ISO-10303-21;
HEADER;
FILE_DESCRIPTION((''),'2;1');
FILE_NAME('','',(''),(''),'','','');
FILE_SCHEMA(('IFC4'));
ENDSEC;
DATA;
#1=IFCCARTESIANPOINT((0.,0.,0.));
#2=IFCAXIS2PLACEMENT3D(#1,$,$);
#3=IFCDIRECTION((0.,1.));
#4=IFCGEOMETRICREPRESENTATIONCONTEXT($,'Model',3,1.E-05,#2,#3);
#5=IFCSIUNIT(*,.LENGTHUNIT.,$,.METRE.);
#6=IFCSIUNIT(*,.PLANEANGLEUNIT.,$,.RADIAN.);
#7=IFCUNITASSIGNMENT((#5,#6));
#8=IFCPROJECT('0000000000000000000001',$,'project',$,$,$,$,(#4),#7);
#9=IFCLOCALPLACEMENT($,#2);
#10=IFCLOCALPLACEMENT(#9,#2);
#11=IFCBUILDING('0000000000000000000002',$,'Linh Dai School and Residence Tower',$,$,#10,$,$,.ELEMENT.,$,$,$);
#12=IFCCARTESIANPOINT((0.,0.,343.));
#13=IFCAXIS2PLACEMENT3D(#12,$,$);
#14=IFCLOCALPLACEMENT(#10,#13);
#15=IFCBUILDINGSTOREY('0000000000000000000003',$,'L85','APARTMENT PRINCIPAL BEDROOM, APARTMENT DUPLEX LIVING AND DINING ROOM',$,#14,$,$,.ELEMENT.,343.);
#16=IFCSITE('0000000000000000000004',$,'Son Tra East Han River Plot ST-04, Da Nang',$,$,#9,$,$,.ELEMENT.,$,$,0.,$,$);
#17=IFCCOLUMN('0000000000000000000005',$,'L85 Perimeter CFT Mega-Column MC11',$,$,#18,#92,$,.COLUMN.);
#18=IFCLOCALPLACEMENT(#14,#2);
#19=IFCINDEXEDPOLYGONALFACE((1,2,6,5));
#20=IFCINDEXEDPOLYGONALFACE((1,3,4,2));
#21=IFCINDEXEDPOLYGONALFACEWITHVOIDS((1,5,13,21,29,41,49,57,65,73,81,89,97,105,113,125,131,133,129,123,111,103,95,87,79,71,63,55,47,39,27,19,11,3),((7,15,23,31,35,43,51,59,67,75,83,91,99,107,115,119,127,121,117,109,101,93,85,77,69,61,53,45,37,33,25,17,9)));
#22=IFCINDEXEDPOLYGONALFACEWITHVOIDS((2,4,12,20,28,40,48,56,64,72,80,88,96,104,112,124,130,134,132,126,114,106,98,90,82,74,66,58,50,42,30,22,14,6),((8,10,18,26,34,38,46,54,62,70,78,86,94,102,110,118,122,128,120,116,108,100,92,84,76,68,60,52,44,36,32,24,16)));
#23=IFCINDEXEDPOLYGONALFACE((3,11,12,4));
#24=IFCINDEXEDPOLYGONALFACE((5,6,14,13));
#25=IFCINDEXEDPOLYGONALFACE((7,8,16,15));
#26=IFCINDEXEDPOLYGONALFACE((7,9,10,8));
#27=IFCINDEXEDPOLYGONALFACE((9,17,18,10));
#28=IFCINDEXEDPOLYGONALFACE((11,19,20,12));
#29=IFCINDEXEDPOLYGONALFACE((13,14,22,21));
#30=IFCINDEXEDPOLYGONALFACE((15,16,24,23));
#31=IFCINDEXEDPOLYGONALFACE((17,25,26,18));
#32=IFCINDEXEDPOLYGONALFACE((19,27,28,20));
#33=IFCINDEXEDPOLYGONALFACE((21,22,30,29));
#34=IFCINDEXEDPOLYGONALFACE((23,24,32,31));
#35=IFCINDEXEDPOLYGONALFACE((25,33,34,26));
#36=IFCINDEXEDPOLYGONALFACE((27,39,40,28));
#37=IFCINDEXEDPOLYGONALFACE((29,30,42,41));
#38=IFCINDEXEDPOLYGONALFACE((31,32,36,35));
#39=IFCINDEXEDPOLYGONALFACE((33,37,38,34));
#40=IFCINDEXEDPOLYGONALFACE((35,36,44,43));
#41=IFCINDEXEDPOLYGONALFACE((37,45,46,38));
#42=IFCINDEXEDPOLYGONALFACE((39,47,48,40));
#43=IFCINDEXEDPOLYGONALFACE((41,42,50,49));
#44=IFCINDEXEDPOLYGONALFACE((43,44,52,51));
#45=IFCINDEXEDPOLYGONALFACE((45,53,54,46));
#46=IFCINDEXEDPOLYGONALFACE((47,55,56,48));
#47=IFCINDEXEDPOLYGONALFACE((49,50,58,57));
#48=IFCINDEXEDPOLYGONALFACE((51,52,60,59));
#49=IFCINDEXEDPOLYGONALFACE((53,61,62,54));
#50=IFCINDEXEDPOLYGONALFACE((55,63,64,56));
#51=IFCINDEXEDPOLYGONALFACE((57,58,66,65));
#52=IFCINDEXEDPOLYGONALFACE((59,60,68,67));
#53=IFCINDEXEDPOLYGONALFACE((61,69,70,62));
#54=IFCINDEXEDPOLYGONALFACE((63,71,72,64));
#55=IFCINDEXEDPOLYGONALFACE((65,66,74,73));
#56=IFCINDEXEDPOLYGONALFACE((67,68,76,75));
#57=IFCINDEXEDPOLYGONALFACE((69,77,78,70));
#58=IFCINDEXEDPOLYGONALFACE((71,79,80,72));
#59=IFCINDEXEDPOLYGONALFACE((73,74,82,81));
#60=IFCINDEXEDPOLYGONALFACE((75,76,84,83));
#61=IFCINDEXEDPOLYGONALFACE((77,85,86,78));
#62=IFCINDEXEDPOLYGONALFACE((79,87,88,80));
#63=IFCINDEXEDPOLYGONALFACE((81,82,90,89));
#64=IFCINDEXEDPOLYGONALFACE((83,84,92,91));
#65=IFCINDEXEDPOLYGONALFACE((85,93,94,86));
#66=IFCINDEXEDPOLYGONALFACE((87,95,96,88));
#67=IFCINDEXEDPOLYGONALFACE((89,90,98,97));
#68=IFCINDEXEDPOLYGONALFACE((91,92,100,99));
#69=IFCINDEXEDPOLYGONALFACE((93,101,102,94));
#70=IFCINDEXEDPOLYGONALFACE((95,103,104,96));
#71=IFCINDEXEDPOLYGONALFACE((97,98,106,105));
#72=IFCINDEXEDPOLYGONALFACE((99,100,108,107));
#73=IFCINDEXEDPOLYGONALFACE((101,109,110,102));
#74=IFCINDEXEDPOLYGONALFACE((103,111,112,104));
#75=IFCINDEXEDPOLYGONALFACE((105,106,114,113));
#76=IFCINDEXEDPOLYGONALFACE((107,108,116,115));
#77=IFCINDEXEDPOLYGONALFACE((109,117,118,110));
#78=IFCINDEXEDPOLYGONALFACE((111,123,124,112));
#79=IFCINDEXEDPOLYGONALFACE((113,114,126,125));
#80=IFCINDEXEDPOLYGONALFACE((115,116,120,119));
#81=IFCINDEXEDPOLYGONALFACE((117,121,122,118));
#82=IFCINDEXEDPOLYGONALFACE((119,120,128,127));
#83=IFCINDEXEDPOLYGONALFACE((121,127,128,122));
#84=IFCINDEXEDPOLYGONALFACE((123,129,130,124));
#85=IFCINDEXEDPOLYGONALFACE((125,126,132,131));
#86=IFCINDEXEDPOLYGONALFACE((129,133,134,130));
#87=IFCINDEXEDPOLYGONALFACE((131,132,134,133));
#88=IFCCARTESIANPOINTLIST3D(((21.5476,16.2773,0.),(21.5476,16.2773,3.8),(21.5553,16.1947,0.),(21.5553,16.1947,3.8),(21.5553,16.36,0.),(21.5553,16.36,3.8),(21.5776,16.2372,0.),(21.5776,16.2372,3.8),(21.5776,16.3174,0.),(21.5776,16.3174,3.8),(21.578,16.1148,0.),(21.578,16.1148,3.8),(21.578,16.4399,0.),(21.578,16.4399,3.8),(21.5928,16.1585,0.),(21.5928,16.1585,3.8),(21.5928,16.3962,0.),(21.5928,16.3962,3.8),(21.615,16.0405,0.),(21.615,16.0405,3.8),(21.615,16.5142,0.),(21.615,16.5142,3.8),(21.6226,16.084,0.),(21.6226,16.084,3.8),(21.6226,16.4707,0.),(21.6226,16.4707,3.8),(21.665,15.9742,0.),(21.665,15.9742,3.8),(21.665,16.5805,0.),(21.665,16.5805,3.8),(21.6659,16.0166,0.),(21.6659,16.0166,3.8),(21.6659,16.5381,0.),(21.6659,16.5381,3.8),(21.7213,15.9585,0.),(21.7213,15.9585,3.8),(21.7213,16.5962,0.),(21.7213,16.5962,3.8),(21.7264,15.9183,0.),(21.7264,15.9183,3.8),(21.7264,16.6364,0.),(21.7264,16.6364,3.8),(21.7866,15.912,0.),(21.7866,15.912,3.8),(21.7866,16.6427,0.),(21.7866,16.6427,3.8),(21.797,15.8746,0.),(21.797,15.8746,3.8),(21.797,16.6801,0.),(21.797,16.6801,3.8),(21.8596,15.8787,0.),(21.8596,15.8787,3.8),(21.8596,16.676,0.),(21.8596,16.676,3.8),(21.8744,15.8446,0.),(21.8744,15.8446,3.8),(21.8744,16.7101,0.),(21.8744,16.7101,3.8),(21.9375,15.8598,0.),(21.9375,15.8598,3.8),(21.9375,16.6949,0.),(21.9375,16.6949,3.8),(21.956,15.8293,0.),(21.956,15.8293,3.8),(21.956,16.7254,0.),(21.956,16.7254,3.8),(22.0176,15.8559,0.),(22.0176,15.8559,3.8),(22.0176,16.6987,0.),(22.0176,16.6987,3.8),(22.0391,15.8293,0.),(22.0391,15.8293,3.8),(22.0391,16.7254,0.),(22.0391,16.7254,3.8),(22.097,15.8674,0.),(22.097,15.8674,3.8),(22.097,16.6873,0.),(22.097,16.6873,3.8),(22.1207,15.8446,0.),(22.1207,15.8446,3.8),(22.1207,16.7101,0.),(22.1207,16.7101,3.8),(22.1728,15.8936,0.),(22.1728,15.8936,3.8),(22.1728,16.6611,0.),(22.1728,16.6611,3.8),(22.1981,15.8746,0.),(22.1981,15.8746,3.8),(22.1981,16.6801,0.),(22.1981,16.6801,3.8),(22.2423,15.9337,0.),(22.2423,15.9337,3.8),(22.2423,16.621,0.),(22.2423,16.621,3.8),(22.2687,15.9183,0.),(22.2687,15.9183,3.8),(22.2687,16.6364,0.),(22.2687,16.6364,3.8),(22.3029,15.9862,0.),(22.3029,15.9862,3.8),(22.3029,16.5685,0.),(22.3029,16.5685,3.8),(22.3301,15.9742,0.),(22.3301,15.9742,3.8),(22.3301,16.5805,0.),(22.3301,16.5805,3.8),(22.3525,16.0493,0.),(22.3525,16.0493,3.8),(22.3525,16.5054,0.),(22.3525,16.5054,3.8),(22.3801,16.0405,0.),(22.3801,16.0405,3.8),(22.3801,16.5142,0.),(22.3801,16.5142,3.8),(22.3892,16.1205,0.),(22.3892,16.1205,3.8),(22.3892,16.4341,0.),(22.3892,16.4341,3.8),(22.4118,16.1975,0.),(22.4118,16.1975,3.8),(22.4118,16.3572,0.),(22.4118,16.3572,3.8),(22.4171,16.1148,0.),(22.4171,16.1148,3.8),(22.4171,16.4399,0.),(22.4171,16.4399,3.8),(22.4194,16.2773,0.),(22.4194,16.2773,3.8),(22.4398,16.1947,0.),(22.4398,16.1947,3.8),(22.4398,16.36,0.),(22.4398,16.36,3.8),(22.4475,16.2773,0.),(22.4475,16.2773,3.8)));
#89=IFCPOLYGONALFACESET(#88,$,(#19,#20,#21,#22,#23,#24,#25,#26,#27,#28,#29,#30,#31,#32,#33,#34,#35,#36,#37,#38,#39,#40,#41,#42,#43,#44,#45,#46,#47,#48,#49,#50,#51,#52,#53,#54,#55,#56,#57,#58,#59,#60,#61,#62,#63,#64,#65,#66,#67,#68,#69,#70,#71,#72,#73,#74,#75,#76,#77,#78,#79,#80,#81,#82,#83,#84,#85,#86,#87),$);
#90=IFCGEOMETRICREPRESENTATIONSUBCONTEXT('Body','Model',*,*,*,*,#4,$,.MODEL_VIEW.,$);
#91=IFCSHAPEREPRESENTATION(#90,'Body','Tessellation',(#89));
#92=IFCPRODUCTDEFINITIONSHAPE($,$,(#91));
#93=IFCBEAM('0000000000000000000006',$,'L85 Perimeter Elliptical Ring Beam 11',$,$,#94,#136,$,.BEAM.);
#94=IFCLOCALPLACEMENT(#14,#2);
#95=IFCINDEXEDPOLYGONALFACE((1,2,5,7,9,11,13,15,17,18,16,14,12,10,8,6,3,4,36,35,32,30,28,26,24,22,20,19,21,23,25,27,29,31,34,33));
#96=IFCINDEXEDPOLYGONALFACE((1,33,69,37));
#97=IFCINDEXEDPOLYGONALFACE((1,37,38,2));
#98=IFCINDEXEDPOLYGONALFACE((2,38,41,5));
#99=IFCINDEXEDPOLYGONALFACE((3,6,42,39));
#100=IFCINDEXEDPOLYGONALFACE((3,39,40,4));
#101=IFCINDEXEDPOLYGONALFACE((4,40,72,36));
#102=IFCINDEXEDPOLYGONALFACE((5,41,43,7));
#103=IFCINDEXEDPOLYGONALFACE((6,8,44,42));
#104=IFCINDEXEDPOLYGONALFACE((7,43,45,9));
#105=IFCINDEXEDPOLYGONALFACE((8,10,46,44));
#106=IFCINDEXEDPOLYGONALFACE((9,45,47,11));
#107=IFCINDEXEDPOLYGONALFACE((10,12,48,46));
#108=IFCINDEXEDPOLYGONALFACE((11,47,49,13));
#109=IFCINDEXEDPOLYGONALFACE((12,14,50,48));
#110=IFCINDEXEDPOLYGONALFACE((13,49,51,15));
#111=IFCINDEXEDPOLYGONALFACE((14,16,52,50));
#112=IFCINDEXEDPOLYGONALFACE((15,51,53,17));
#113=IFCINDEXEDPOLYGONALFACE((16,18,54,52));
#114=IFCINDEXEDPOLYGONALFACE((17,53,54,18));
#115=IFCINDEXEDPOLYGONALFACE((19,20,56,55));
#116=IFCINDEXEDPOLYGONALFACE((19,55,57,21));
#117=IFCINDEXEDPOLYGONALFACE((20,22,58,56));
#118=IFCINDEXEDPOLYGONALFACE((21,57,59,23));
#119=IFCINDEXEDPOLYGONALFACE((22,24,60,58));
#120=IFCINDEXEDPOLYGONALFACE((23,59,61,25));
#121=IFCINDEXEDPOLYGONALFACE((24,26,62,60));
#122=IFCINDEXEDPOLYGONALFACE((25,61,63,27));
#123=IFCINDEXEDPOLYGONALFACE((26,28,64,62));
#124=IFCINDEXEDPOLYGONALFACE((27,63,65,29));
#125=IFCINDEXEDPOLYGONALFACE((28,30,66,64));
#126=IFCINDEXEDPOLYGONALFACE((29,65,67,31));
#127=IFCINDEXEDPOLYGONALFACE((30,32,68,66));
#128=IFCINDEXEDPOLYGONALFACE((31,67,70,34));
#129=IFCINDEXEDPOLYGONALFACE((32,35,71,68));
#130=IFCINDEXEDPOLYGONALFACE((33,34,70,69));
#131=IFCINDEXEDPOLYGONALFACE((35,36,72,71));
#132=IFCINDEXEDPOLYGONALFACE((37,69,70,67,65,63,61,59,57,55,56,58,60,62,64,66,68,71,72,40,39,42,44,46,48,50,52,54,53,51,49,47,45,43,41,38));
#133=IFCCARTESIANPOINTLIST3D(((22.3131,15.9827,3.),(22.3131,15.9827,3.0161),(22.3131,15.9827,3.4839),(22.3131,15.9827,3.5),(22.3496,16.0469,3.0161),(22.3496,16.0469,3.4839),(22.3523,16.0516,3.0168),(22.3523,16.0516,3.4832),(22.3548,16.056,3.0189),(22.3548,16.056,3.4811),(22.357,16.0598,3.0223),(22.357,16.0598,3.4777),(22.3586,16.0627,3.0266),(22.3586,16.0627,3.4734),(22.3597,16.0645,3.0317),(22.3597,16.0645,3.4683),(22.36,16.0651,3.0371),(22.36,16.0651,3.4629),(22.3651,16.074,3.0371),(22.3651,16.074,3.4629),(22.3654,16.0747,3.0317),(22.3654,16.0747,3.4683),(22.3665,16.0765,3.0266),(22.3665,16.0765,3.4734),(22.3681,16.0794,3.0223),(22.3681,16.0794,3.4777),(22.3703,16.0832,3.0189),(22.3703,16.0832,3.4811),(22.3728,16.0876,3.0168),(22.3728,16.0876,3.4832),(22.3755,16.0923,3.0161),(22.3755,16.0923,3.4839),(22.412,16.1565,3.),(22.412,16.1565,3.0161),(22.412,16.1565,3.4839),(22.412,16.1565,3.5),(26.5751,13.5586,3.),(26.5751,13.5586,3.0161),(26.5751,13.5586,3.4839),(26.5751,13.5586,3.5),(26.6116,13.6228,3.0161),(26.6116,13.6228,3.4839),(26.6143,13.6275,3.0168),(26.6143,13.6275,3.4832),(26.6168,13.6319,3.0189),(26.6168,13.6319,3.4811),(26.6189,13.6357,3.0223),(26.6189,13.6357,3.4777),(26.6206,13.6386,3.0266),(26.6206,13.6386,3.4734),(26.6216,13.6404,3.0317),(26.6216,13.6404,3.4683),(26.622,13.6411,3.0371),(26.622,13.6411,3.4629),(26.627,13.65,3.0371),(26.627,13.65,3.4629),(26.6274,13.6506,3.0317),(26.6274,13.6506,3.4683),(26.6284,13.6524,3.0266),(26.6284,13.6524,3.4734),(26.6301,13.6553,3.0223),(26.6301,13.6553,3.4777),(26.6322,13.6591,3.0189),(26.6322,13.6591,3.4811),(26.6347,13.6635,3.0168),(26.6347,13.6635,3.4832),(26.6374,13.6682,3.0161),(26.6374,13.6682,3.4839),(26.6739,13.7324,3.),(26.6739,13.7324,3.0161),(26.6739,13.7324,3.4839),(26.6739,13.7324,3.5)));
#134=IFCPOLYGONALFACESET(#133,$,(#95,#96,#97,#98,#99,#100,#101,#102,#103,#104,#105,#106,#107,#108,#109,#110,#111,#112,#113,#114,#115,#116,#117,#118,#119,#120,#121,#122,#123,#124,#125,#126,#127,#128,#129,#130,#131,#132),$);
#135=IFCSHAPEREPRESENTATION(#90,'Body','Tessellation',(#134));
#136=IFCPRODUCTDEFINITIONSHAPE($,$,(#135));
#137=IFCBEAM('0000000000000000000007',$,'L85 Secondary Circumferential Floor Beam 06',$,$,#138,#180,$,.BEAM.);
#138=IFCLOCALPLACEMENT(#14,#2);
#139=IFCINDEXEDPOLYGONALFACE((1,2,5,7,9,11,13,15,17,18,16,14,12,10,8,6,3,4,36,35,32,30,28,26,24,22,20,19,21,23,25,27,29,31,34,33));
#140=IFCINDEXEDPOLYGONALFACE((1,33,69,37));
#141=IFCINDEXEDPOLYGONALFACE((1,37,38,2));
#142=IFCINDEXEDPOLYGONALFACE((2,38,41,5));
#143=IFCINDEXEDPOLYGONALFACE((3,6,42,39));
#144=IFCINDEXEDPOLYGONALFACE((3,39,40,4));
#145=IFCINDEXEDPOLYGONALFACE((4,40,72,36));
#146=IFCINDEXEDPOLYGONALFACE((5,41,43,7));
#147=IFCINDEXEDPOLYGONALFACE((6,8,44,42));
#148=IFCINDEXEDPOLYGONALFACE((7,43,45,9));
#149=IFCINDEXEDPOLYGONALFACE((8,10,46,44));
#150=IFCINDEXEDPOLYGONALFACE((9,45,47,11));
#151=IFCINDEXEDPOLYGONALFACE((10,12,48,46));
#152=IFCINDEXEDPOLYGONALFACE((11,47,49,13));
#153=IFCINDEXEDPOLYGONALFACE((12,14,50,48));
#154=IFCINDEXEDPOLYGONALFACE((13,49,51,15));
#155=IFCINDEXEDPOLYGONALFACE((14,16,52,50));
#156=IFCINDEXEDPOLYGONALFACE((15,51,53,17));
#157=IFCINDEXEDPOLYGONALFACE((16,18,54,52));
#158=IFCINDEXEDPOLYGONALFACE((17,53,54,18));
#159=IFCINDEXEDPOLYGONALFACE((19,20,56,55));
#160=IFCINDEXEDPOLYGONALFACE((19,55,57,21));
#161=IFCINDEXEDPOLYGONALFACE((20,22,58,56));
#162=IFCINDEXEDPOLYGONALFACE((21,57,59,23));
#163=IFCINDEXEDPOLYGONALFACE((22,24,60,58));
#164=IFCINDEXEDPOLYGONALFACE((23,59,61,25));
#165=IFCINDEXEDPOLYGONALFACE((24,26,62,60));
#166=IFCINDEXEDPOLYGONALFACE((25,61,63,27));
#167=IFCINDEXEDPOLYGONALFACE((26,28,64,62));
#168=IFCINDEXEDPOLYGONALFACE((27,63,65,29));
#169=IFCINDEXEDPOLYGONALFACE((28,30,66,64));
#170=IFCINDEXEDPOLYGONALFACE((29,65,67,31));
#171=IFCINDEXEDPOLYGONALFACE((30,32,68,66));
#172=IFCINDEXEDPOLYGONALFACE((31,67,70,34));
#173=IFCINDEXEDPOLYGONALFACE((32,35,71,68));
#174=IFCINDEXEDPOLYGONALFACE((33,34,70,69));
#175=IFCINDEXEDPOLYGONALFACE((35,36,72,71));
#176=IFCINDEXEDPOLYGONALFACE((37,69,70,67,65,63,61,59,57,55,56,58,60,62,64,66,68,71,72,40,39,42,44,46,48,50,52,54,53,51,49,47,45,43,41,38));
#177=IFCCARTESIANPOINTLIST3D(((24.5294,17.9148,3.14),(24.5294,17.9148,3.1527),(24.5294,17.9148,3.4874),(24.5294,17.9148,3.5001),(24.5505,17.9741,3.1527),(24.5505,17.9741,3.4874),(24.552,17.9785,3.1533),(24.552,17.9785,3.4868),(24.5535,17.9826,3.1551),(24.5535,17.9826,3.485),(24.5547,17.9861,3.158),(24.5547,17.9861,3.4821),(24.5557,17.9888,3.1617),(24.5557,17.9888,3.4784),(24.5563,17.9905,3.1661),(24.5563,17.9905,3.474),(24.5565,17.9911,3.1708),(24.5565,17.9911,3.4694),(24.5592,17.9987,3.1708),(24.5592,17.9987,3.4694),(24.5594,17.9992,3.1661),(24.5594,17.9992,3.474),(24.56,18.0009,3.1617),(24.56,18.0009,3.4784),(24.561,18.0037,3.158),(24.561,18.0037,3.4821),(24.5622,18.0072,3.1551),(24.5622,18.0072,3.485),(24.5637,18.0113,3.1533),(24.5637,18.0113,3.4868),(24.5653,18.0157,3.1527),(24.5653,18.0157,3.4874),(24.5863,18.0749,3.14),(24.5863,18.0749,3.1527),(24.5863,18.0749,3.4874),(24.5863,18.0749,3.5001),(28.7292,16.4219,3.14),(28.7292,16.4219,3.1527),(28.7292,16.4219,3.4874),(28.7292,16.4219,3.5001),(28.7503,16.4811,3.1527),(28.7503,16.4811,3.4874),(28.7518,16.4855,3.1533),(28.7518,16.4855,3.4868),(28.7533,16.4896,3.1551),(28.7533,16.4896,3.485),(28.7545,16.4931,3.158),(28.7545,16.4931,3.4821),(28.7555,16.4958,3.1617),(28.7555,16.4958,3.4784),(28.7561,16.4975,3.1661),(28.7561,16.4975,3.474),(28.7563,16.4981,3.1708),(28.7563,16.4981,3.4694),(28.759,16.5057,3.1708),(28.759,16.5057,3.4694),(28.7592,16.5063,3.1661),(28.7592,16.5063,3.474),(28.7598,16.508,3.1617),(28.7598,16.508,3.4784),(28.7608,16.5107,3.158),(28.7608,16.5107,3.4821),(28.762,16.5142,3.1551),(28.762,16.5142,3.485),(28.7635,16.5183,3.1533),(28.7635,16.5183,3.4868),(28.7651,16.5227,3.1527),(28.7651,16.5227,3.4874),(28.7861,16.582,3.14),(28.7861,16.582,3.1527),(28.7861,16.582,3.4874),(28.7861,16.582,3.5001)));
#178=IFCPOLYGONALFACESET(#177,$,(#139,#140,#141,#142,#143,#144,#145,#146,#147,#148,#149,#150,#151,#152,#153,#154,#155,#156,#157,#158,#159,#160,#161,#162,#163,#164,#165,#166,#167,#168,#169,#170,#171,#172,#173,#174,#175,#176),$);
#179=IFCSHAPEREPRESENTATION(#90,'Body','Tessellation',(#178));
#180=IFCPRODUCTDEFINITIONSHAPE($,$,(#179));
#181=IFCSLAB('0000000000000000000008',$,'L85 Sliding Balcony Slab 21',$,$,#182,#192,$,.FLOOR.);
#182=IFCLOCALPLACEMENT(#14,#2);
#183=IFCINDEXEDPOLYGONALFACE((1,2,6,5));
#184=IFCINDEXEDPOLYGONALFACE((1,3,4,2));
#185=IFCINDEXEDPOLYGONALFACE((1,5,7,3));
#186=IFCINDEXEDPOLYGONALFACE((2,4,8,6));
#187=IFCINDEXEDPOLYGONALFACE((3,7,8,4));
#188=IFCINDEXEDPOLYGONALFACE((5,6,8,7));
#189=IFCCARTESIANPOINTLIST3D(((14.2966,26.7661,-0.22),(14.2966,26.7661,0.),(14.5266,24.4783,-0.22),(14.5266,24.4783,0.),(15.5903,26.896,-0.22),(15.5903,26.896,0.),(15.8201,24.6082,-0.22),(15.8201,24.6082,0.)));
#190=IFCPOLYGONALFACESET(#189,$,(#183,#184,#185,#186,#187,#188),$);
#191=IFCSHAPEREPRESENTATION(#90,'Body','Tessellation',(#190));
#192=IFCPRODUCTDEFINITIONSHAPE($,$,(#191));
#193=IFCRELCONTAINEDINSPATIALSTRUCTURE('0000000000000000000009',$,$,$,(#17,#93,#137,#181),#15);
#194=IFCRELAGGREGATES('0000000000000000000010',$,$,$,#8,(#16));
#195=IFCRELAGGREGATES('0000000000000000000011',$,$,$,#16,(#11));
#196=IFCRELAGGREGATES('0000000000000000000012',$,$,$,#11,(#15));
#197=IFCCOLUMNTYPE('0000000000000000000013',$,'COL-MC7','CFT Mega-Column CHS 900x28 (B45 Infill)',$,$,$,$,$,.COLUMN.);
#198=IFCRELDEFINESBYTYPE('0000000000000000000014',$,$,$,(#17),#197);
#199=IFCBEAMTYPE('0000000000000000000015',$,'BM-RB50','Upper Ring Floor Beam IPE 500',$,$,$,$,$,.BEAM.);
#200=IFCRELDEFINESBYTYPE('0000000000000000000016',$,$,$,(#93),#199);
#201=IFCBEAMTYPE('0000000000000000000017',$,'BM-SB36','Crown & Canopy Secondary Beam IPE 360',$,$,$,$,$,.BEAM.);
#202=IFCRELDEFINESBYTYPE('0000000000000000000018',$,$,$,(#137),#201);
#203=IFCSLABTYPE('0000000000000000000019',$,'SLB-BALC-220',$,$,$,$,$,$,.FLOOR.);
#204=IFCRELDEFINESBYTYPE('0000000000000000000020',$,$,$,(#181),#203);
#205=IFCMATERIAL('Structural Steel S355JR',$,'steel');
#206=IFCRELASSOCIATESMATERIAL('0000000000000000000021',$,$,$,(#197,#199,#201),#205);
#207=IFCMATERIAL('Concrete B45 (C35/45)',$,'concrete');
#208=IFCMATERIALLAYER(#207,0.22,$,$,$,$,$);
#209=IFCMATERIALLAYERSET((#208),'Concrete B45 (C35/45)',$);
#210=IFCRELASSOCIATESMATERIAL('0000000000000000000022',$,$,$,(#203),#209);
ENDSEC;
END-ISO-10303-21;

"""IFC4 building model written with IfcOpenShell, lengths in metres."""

from ifc_helpers import new_model, si_unit, direction, frame, origin, origin_2d, place, context, subcontext, project, spatial, polyline, hollow_circle, i_section, outline, extrude, material, layer, layer_set, material_profile, profile_set, type_object, element, save


model = new_model("IFC4")

# Units and contexts
model_context = context("Model", 3, precision=1e-05, world=origin(), true_north=direction((0.0, 1.0)))
body_context = subcontext(model_context, "Body", "Model", "MODEL_VIEW")
ifc_project = project(units=[si_unit("LENGTHUNIT", "METRE"), si_unit("PLANEANGLEUNIT", "RADIAN")], contexts=[model_context])

# Site, building, storey
site_placement = place(None, origin())
site = spatial("IfcSite", under=ifc_project, at=site_placement, Name="Son Tra East Han River Plot ST-04, Da Nang", CompositionType="ELEMENT", RefElevation=0.0)
building_placement = place(site_placement, origin())
building = spatial("IfcBuilding", under=site, at=building_placement, Name="Linh Dai School and Residence Tower", CompositionType="ELEMENT")
storey_placement = place(building_placement, frame((0.0, 0.0, 343.0)))
storey = spatial("IfcBuildingStorey", under=building, at=storey_placement, Name="L85", Description="APARTMENT PRINCIPAL BEDROOM, APARTMENT DUPLEX LIVING AND DINING ROOM", CompositionType="ELEMENT", Elevation=343.0)

# Column
ifc_material_1 = material(Name="Structural Steel S355JR", Category="steel")
ifc_material_profile_1 = material_profile(ifc_material_1, hollow_circle(Radius=0.45, WallThickness=0.0281, at=origin_2d()), Name="CHS 900x28")
ifc_profile_set_1 = profile_set([ifc_material_profile_1], Name="Structural Steel S355JR")
column_type = type_object("IfcColumnType", Name="COL-MC7", Description="CFT Mega-Column CHS 900x28 (B45 Infill)", PredefinedType="COLUMN", material=ifc_profile_set_1)
column_placement = place(storey_placement, frame((21.9976, 16.2773, 0.0), z_axis=(0.0, 0.0, 1.0), x_axis=(1.0, 0.0, 0.0)))
element("IfcColumn", 1, at=column_placement, inside=storey, type_object=column_type, Name="L85 Perimeter CFT Mega-Column MC11", PredefinedType="COLUMN", context=body_context, shape_type="SweptSolid", body=[
    extrude(hollow_circle(Radius=0.45, WallThickness=0.0281, at=origin_2d()), origin(), (0.0, 0.0, 1.0), 3.8),
])

# Beams
ifc_material_profile_2 = material_profile(ifc_material_1, i_section(OverallWidth=0.2, OverallDepth=0.5, WebThickness=0.0103, FlangeThickness=0.0161, FilletRadius=0.021, at=origin_2d()), Name="IPE 500")
ifc_profile_set_2 = profile_set([ifc_material_profile_2], Name="Structural Steel S355JR")
beam_type_1 = type_object("IfcBeamType", Name="BM-RB50", Description="Upper Ring Floor Beam IPE 500", PredefinedType="BEAM", material=ifc_profile_set_2)
beam_1_placement = place(storey_placement, frame((22.3625, 16.0696, 3.25), z_axis=(0.869237, -0.494395, 0.0), x_axis=(0.494395, 0.869237, 0.0)))
element("IfcBeam", 2, at=beam_1_placement, inside=storey, type_object=beam_type_1, Name="L85 Perimeter Elliptical Ring Beam 11", PredefinedType="BEAM", context=body_context, shape_type="SweptSolid", body=[
    extrude(i_section(OverallWidth=0.2, OverallDepth=0.5, WebThickness=0.0103, FlangeThickness=0.0161, FilletRadius=0.021, at=origin_2d()), origin(), (0.0, 0.0, 1.0), 4.9031),
])
ifc_material_profile_3 = material_profile(ifc_material_1, i_section(OverallWidth=0.1699, OverallDepth=0.3601, WebThickness=0.0081, FlangeThickness=0.0127, FilletRadius=0.0181, at=origin_2d()), Name="IPE 360")
ifc_profile_set_3 = profile_set([ifc_material_profile_3], Name="Structural Steel S355JR")
beam_type_2 = type_object("IfcBeamType", Name="BM-SB36", Description="Crown & Canopy Secondary Beam IPE 360", PredefinedType="BEAM", material=ifc_profile_set_3)
beam_2_placement = place(storey_placement, frame((24.5579, 17.9949, 3.3201), z_axis=(0.942237, -0.334948, 0.0), x_axis=(0.334948, 0.942237, 0.0)))
element("IfcBeam", 3, at=beam_2_placement, inside=storey, type_object=beam_type_2, Name="L85 Secondary Circumferential Floor Beam 06", PredefinedType="BEAM", context=body_context, shape_type="SweptSolid", body=[
    extrude(i_section(OverallWidth=0.1699, OverallDepth=0.3601, WebThickness=0.0081, FlangeThickness=0.0127, FilletRadius=0.0181, at=origin_2d()), origin(), (0.0, 0.0, 1.0), 4.4573),
])

# Slab
ifc_material_2 = material(Name="Concrete B45 (C35/45)", Category="concrete")
ifc_layer_1 = layer(ifc_material_2, 0.22)
ifc_layer_set_1 = layer_set([ifc_layer_1], Name="Concrete B45 (C35/45)")
slab_type_1 = type_object("IfcSlabType", Name="SLB-BALC-220", PredefinedType="FLOOR", material=ifc_layer_set_1)
slab_1_placement = place(storey_placement, frame((0.0, 0.0, -0.22)))
element("IfcSlab", 4, at=slab_1_placement, inside=storey, type_object=slab_type_1, Name="L85 Sliding Balcony Slab 21", PredefinedType="FLOOR", context=body_context, shape_type="SweptSolid", body=[
    extrude(outline(polyline([(15.8201, 24.6082), (15.5903, 26.896), (14.2966, 26.7661), (14.5266, 24.4783), (15.8201, 24.6082)])), origin(), (0.0, 0.0, 1.0), 0.22),
])

save(model, "model.ifc")
